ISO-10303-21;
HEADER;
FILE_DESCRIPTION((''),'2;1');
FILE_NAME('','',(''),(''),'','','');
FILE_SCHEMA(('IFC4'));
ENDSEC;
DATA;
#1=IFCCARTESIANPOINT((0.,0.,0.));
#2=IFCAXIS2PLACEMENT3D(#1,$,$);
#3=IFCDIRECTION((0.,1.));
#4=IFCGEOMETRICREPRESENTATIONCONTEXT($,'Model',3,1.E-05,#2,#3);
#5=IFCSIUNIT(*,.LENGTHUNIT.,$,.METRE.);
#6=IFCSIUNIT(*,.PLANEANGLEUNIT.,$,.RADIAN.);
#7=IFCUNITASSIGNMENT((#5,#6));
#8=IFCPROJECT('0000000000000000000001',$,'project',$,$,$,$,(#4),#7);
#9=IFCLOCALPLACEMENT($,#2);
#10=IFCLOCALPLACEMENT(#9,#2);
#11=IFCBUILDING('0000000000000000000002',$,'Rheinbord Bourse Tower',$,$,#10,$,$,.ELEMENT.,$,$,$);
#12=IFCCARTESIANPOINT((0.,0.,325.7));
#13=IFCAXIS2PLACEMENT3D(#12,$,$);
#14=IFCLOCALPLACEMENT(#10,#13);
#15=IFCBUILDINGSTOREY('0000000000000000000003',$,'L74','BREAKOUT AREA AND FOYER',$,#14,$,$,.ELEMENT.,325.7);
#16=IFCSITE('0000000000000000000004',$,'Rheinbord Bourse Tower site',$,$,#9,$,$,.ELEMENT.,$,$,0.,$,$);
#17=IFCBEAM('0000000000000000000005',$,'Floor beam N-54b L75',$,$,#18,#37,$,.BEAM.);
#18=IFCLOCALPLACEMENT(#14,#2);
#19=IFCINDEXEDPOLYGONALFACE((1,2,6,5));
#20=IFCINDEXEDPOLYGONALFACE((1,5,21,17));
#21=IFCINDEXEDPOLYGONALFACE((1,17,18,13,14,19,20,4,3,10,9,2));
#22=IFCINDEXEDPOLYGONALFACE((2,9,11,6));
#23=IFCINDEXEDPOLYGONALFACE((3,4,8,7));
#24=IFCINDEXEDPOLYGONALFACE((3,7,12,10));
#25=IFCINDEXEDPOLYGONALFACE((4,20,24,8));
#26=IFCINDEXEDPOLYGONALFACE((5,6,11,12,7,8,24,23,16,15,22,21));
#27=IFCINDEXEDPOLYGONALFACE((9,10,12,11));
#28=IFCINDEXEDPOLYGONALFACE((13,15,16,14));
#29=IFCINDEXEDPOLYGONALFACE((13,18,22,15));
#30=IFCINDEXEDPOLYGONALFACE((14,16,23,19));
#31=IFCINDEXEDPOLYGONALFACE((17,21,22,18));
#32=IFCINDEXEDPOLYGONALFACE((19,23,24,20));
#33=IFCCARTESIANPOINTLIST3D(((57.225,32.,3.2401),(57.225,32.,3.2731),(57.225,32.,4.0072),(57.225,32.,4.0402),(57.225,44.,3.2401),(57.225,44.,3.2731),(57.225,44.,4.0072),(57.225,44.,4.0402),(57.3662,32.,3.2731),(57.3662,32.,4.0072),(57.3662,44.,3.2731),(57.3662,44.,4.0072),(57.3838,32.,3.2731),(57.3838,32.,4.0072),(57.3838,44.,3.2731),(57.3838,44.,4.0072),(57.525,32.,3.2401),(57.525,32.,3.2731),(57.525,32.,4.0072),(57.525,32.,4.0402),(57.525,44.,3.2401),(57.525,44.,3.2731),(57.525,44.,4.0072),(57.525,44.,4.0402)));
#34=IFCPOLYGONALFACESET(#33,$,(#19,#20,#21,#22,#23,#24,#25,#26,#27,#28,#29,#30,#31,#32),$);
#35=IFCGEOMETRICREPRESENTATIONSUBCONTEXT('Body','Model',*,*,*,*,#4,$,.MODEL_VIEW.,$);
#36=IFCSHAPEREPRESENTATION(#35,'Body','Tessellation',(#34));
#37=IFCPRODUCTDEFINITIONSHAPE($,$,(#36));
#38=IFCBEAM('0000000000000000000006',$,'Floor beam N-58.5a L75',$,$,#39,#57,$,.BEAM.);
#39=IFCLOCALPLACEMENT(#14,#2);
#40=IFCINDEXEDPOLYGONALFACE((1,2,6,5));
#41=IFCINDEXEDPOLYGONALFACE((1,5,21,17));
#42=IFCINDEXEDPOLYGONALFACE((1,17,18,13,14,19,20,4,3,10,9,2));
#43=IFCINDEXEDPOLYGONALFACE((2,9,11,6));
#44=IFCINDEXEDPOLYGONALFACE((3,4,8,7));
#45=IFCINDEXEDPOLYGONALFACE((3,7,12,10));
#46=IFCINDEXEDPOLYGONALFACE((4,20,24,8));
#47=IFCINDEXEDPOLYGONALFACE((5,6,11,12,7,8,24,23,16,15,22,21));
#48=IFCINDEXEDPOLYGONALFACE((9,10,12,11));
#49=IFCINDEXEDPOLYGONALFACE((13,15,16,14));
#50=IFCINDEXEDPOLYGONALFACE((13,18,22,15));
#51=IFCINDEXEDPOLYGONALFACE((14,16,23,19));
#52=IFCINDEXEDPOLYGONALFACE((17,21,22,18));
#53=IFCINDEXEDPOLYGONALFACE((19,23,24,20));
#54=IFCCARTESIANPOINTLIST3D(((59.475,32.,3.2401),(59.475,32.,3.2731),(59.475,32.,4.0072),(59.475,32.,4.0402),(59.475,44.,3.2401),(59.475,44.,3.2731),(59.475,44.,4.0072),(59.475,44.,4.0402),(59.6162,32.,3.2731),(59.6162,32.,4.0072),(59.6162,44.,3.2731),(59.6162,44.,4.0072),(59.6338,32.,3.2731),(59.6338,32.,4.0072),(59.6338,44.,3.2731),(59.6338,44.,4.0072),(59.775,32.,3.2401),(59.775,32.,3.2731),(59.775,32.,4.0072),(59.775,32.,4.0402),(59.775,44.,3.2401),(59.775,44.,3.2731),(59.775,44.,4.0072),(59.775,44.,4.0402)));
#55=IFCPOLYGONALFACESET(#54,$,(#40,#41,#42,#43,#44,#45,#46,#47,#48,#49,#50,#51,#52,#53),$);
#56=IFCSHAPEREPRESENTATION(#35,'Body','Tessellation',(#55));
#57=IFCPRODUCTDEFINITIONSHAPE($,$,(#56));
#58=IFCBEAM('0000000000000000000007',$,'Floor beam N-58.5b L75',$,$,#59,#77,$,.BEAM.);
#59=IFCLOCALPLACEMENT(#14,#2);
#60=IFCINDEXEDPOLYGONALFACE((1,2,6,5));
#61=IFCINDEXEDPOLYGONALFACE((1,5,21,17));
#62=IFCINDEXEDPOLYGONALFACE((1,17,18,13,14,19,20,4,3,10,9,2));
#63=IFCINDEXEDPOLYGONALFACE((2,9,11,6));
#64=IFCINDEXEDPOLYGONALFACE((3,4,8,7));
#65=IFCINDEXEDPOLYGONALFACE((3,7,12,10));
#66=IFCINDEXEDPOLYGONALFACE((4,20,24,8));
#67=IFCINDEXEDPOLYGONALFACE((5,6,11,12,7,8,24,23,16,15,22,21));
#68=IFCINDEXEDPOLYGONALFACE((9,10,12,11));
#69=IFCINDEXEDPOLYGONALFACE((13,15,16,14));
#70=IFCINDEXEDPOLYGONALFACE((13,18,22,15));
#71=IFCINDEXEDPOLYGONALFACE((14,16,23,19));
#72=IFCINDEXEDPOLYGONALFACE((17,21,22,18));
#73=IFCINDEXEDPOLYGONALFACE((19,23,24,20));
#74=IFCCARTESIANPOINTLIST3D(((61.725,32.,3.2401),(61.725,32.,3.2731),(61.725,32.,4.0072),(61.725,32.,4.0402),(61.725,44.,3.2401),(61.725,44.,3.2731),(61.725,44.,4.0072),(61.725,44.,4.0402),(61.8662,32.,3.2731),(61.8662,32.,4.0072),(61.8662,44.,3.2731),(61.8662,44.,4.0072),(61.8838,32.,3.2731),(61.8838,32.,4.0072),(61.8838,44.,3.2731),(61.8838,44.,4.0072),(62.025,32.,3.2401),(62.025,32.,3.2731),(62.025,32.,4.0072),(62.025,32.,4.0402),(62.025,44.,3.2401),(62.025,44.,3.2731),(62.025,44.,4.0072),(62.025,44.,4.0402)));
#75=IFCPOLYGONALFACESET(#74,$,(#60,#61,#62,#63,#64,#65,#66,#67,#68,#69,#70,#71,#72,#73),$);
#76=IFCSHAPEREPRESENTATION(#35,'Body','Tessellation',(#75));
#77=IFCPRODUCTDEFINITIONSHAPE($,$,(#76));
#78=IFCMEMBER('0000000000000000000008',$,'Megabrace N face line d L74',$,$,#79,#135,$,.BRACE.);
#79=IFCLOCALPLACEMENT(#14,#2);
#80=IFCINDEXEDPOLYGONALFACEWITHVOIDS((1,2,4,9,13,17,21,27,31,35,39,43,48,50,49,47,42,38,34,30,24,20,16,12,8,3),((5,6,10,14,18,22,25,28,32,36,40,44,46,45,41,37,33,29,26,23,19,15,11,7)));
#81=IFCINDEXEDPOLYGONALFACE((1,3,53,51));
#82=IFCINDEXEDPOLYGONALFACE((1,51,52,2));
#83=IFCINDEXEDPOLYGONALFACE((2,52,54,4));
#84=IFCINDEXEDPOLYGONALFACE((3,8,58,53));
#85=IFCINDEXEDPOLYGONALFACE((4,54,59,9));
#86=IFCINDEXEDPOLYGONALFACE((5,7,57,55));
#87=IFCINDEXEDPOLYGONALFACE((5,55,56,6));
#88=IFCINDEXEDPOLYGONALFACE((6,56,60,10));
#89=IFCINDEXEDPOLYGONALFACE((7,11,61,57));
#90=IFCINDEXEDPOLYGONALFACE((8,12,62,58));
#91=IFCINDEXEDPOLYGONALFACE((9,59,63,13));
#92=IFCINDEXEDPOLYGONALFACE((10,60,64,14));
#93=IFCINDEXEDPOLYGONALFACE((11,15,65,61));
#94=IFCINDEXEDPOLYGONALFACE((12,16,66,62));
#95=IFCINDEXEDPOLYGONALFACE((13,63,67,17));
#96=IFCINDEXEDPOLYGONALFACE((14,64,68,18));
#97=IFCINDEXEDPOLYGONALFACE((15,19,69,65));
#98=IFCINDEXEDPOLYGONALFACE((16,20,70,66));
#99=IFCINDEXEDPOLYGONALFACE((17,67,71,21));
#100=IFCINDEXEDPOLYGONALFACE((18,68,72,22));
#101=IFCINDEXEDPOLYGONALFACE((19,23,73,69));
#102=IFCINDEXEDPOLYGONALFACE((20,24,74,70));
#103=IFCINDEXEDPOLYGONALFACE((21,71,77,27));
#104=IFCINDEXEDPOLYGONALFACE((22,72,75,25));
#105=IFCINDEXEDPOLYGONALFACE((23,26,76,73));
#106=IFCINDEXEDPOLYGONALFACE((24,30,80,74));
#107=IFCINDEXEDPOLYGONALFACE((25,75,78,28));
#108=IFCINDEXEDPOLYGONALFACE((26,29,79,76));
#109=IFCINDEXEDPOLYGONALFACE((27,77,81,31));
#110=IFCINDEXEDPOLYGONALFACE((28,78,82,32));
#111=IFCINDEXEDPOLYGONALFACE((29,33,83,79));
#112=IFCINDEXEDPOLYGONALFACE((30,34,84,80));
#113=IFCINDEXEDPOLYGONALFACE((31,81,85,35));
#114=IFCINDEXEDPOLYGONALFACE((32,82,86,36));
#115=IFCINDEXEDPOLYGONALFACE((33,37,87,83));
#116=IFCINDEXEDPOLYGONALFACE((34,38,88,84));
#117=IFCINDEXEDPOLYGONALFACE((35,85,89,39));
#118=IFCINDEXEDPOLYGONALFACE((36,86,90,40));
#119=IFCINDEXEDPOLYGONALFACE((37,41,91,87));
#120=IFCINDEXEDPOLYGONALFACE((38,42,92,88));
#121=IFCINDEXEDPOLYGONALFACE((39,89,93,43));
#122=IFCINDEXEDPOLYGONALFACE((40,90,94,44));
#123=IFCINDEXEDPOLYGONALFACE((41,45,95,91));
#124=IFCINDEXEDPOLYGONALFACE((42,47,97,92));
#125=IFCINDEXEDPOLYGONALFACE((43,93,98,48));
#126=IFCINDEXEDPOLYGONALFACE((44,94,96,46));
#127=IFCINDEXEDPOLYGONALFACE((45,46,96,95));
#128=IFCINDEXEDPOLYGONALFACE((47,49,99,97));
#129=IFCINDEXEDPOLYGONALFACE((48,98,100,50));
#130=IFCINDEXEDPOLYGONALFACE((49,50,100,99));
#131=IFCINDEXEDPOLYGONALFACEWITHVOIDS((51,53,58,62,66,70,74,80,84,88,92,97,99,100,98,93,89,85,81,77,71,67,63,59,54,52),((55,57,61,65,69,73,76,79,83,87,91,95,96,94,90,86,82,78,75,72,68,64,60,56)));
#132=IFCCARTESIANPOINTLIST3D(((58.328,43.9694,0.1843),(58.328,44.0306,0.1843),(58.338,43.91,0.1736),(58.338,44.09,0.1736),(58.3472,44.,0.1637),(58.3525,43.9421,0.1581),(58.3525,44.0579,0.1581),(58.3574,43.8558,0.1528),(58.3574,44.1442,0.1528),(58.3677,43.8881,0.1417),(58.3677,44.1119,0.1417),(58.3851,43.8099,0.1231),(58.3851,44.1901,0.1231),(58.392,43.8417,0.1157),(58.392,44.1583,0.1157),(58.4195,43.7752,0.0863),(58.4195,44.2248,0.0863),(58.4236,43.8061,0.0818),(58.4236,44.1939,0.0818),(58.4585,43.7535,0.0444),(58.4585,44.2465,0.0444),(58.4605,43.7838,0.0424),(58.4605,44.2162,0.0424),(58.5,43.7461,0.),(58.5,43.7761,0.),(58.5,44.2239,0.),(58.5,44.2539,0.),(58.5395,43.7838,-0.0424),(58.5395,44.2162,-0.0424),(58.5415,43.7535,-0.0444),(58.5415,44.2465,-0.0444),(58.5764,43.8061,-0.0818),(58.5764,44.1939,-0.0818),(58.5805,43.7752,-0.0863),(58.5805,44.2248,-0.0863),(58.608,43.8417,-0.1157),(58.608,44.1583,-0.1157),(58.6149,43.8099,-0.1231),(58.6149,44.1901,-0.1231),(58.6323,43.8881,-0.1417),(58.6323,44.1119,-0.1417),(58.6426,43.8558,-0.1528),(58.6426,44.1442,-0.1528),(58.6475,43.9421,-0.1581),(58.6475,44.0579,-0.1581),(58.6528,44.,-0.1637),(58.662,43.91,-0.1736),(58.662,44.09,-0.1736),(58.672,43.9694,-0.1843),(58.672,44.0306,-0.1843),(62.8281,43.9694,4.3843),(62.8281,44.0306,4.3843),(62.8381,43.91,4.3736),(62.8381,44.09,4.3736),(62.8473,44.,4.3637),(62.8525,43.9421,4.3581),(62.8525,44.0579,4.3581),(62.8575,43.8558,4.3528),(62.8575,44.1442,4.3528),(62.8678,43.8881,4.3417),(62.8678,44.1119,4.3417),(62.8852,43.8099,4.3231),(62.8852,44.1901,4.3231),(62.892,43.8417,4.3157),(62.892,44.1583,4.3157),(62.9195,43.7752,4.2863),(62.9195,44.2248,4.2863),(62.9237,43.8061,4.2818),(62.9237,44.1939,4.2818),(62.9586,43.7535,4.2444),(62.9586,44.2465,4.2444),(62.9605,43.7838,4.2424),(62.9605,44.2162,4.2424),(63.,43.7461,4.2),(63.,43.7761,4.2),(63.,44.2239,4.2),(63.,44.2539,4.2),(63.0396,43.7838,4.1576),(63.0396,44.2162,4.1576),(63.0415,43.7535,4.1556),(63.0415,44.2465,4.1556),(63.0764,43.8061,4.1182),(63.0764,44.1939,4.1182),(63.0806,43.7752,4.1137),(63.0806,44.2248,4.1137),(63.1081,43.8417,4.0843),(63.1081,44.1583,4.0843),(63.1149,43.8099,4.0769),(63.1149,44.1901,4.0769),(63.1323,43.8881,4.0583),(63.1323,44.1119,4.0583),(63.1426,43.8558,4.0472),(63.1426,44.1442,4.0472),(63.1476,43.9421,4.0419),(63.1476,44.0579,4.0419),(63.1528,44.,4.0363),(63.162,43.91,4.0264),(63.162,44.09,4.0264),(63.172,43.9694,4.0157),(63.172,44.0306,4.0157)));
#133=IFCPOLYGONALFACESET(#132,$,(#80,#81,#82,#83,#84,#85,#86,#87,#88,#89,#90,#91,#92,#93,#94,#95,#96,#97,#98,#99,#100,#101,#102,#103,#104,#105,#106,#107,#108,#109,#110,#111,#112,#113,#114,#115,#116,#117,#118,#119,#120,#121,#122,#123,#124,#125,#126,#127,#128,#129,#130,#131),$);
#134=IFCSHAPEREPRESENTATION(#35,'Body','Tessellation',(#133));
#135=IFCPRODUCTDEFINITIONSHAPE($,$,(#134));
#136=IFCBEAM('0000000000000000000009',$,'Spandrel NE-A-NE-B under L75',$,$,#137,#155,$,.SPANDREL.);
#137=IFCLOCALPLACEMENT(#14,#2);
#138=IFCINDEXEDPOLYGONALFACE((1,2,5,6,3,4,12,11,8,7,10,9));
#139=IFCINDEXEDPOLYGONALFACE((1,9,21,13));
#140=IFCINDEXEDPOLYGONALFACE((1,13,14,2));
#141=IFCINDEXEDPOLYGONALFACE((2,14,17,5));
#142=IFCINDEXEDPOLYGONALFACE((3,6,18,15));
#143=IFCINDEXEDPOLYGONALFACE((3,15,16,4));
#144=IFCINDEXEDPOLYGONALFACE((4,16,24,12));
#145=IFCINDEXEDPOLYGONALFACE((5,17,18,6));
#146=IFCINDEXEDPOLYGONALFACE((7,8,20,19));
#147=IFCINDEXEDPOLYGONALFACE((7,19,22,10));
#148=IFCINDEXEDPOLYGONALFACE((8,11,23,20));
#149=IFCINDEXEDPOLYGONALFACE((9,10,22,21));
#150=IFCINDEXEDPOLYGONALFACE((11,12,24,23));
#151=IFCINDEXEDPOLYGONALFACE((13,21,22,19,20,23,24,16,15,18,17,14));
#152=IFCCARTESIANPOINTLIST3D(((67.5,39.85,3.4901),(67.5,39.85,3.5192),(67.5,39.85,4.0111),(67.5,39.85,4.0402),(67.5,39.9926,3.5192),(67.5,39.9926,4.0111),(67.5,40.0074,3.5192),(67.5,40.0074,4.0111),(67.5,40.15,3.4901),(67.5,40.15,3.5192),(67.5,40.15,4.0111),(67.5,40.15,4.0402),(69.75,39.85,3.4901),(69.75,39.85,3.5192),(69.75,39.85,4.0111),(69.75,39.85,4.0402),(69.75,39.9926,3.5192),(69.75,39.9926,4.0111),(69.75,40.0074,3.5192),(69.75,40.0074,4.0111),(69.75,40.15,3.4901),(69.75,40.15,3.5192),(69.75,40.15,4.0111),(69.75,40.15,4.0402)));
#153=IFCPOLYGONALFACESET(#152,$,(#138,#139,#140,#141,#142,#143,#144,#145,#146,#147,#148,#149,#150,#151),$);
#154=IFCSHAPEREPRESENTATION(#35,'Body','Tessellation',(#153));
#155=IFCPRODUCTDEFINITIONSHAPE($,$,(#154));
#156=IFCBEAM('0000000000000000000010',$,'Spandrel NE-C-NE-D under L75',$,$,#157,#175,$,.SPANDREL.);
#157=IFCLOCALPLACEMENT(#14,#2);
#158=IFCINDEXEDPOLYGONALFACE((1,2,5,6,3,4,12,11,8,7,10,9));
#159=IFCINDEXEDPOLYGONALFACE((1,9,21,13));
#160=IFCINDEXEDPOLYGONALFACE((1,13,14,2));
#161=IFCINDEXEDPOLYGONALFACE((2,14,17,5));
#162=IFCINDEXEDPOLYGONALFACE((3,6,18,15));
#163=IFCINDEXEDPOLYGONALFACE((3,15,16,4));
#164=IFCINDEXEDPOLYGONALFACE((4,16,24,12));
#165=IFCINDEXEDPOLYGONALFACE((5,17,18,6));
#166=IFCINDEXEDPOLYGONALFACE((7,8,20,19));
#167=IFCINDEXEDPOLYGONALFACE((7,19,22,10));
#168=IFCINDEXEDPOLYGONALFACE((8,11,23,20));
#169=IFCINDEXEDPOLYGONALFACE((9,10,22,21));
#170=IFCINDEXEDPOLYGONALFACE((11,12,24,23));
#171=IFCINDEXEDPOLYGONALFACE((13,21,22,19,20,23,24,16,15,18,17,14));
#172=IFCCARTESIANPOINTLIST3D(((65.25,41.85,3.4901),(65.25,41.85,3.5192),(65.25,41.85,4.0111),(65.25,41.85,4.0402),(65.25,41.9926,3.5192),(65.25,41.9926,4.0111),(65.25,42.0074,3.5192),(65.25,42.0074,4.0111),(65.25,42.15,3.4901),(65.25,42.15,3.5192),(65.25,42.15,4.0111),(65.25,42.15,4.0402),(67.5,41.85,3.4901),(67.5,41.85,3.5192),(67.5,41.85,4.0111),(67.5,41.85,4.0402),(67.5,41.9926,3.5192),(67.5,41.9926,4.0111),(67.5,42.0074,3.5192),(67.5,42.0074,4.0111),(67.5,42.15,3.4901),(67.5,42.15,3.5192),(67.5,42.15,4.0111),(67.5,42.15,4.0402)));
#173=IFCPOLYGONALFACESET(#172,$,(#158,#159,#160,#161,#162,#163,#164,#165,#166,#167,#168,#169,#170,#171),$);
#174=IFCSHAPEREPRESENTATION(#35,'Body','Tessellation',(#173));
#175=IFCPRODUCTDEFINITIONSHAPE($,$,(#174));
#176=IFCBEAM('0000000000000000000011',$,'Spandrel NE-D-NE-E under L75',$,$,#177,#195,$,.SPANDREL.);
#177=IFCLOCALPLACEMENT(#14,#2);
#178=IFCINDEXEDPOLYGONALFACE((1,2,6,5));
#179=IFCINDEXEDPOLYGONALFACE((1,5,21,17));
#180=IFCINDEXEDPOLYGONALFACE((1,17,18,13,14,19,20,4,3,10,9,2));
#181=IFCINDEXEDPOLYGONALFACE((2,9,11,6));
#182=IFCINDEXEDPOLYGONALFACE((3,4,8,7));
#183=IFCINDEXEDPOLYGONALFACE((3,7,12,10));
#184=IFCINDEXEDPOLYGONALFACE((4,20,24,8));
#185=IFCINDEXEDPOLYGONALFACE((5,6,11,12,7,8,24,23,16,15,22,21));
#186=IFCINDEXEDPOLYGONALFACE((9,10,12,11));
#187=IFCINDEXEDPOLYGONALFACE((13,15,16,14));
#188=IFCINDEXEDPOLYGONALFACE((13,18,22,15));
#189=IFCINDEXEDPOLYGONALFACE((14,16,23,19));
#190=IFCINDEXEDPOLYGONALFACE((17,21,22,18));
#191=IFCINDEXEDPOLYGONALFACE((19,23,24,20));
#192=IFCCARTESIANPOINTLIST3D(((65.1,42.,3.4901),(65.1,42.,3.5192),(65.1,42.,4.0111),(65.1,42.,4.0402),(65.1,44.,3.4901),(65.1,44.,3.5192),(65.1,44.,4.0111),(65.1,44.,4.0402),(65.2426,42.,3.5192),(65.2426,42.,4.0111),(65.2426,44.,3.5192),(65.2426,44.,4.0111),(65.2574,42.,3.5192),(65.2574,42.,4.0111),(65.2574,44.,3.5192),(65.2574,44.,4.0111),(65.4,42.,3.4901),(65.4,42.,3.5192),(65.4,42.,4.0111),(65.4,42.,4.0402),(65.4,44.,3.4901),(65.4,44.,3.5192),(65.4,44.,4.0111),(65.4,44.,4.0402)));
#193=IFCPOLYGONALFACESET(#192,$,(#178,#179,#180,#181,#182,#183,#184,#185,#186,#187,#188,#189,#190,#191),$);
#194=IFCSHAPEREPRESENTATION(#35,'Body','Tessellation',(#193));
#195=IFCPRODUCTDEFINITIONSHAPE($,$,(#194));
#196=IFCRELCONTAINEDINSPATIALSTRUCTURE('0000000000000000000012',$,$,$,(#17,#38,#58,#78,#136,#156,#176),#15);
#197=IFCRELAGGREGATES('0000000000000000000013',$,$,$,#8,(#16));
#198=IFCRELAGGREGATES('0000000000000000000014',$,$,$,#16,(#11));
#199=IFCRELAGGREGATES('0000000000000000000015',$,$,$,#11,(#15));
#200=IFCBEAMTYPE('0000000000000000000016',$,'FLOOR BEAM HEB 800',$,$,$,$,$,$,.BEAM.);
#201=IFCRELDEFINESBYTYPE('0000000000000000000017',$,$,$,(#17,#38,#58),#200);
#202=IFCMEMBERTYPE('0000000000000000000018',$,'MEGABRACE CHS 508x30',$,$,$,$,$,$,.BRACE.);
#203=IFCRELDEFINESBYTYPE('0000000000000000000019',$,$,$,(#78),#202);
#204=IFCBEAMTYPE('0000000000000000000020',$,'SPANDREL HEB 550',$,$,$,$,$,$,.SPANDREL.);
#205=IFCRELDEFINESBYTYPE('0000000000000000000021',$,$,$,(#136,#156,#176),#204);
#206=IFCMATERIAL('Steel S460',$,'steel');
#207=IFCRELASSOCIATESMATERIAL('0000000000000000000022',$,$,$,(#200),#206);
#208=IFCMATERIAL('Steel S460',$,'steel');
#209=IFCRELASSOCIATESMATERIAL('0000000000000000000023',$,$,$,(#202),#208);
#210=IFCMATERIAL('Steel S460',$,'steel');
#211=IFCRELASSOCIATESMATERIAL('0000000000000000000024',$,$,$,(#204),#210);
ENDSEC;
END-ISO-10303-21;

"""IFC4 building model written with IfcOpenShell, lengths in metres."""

from ifc_helpers import new_model, si_unit, direction, frame, origin, origin_2d, place, context, subcontext, project, spatial, hollow_circle, i_section, extrude, material, material_profile, profile_set, type_object, element, save


model = new_model("IFC4")

# Units and contexts
model_context = context("Model", 3, precision=1e-05, world=origin(), true_north=direction((0.0, 1.0)))
body_context = subcontext(model_context, "Body", "Model", "MODEL_VIEW")
ifc_project = project(units=[si_unit("LENGTHUNIT", "METRE"), si_unit("PLANEANGLEUNIT", "RADIAN")], contexts=[model_context])

# Site, building, storey
site_placement = place(None, origin())
site = spatial("IfcSite", under=ifc_project, at=site_placement, Name="Rheinbord Bourse Tower site", CompositionType="ELEMENT", RefElevation=0.0)
building_placement = place(site_placement, origin())
building = spatial("IfcBuilding", under=site, at=building_placement, Name="Rheinbord Bourse Tower", CompositionType="ELEMENT")
storey_placement = place(building_placement, frame((0.0, 0.0, 325.7)))
storey = spatial("IfcBuildingStorey", under=building, at=storey_placement, Name="L74", Description="BREAKOUT AREA AND FOYER", CompositionType="ELEMENT", Elevation=325.7)

# Beams
ifc_material_1 = material(Name="Steel S460", Category="steel")
ifc_material_profile_1 = material_profile(ifc_material_1, i_section(OverallWidth=0.3, OverallDepth=0.8, WebThickness=0.0176, FlangeThickness=0.033, at=origin_2d()), Name="HEB 800")
ifc_profile_set_1 = profile_set([ifc_material_profile_1], Name="Steel S460")
beam_type_1 = type_object("IfcBeamType", Name="FLOOR BEAM HEB 800", PredefinedType="BEAM", material=ifc_profile_set_1)
for number, where, z_axis, x_axis, name in (
    (1, (57.375, 44.0, 3.6401), (0.0, -1.0, 0.0), (1.0, 0.0, 0.0), "Floor beam N-54b L75"),
    (2, (59.625, 44.0, 3.6401), (0.0, -1.0, 0.0), (1.0, 0.0, 0.0), "Floor beam N-58.5a L75"),
    (3, (61.875, 44.0, 3.6401), (0.0, -1.0, 0.0), (1.0, 0.0, 0.0), "Floor beam N-58.5b L75"),
):
    element("IfcBeam", number, at=place(storey_placement, frame(where, z_axis=z_axis, x_axis=x_axis)), inside=storey, type_object=beam_type_1, Name=name, PredefinedType="BEAM", context=body_context, shape_type="SweptSolid", body=[
        extrude(i_section(OverallWidth=0.3, OverallDepth=0.8, WebThickness=0.0176, FlangeThickness=0.033, at=origin_2d()), origin(), (0.0, 0.0, 1.0), 12.0),
    ])

# Member
ifc_material_2 = material(Name="Steel S460", Category="steel")
ifc_material_profile_2 = material_profile(ifc_material_2, hollow_circle(Radius=0.2539, WallThickness=0.03, at=origin_2d()), Name="CHS 508x30")
ifc_profile_set_2 = profile_set([ifc_material_profile_2], Name="Steel S460")
member_type_1 = type_object("IfcMemberType", Name="MEGABRACE CHS 508x30", PredefinedType="BRACE", material=ifc_profile_set_2)
member_1_placement = place(storey_placement, frame((58.5, 44.0, 0.0), z_axis=(0.731059, 0.0, 0.682314), x_axis=(0.0, 1.0, 0.0)))
element("IfcMember", 4, at=member_1_placement, inside=storey, type_object=member_type_1, Name="Megabrace N face line d L74", PredefinedType="BRACE", context=body_context, shape_type="SweptSolid", body=[
    extrude(hollow_circle(Radius=0.2539, WallThickness=0.03, at=origin_2d()), origin(), (0.0, 0.0, 1.0), 6.1555),
])

# Beams
ifc_material_3 = material(Name="Steel S460", Category="steel")
ifc_material_profile_3 = material_profile(ifc_material_3, i_section(OverallWidth=0.3, OverallDepth=0.55, WebThickness=0.0149, FlangeThickness=0.0291, at=origin_2d()), Name="HEB 550")
ifc_profile_set_3 = profile_set([ifc_material_profile_3], Name="Steel S460")
beam_type_2 = type_object("IfcBeamType", Name="SPANDREL HEB 550", PredefinedType="SPANDREL", material=ifc_profile_set_3)
for number, where, z_axis, x_axis, name in (
    (5, (69.75, 40.0, 3.7651), (-1.0, 0.0, 0.0), (0.0, -1.0, 0.0), "Spandrel NE-A-NE-B under L75"),
    (6, (67.5, 42.0, 3.7651), (-1.0, 0.0, 0.0), (0.0, -1.0, 0.0), "Spandrel NE-C-NE-D under L75"),
):
    element("IfcBeam", number, at=place(storey_placement, frame(where, z_axis=z_axis, x_axis=x_axis)), inside=storey, type_object=beam_type_2, Name=name, PredefinedType="SPANDREL", context=body_context, shape_type="SweptSolid", body=[
        extrude(i_section(OverallWidth=0.3, OverallDepth=0.55, WebThickness=0.0149, FlangeThickness=0.0291, at=origin_2d()), origin(), (0.0, 0.0, 1.0), 2.25),
    ])
beam_1_placement = place(storey_placement, frame((65.25, 42.0, 3.7651), z_axis=(0.0, 1.0, 0.0), x_axis=(-1.0, 0.0, 0.0)))
element("IfcBeam", 7, at=beam_1_placement, inside=storey, type_object=beam_type_2, Name="Spandrel NE-D-NE-E under L75", PredefinedType="SPANDREL", context=body_context, shape_type="SweptSolid", body=[
    extrude(i_section(OverallWidth=0.3, OverallDepth=0.55, WebThickness=0.0149, FlangeThickness=0.0291, at=origin_2d()), origin(), (0.0, 0.0, 1.0), 2.0),
])

save(model, "model.ifc")
